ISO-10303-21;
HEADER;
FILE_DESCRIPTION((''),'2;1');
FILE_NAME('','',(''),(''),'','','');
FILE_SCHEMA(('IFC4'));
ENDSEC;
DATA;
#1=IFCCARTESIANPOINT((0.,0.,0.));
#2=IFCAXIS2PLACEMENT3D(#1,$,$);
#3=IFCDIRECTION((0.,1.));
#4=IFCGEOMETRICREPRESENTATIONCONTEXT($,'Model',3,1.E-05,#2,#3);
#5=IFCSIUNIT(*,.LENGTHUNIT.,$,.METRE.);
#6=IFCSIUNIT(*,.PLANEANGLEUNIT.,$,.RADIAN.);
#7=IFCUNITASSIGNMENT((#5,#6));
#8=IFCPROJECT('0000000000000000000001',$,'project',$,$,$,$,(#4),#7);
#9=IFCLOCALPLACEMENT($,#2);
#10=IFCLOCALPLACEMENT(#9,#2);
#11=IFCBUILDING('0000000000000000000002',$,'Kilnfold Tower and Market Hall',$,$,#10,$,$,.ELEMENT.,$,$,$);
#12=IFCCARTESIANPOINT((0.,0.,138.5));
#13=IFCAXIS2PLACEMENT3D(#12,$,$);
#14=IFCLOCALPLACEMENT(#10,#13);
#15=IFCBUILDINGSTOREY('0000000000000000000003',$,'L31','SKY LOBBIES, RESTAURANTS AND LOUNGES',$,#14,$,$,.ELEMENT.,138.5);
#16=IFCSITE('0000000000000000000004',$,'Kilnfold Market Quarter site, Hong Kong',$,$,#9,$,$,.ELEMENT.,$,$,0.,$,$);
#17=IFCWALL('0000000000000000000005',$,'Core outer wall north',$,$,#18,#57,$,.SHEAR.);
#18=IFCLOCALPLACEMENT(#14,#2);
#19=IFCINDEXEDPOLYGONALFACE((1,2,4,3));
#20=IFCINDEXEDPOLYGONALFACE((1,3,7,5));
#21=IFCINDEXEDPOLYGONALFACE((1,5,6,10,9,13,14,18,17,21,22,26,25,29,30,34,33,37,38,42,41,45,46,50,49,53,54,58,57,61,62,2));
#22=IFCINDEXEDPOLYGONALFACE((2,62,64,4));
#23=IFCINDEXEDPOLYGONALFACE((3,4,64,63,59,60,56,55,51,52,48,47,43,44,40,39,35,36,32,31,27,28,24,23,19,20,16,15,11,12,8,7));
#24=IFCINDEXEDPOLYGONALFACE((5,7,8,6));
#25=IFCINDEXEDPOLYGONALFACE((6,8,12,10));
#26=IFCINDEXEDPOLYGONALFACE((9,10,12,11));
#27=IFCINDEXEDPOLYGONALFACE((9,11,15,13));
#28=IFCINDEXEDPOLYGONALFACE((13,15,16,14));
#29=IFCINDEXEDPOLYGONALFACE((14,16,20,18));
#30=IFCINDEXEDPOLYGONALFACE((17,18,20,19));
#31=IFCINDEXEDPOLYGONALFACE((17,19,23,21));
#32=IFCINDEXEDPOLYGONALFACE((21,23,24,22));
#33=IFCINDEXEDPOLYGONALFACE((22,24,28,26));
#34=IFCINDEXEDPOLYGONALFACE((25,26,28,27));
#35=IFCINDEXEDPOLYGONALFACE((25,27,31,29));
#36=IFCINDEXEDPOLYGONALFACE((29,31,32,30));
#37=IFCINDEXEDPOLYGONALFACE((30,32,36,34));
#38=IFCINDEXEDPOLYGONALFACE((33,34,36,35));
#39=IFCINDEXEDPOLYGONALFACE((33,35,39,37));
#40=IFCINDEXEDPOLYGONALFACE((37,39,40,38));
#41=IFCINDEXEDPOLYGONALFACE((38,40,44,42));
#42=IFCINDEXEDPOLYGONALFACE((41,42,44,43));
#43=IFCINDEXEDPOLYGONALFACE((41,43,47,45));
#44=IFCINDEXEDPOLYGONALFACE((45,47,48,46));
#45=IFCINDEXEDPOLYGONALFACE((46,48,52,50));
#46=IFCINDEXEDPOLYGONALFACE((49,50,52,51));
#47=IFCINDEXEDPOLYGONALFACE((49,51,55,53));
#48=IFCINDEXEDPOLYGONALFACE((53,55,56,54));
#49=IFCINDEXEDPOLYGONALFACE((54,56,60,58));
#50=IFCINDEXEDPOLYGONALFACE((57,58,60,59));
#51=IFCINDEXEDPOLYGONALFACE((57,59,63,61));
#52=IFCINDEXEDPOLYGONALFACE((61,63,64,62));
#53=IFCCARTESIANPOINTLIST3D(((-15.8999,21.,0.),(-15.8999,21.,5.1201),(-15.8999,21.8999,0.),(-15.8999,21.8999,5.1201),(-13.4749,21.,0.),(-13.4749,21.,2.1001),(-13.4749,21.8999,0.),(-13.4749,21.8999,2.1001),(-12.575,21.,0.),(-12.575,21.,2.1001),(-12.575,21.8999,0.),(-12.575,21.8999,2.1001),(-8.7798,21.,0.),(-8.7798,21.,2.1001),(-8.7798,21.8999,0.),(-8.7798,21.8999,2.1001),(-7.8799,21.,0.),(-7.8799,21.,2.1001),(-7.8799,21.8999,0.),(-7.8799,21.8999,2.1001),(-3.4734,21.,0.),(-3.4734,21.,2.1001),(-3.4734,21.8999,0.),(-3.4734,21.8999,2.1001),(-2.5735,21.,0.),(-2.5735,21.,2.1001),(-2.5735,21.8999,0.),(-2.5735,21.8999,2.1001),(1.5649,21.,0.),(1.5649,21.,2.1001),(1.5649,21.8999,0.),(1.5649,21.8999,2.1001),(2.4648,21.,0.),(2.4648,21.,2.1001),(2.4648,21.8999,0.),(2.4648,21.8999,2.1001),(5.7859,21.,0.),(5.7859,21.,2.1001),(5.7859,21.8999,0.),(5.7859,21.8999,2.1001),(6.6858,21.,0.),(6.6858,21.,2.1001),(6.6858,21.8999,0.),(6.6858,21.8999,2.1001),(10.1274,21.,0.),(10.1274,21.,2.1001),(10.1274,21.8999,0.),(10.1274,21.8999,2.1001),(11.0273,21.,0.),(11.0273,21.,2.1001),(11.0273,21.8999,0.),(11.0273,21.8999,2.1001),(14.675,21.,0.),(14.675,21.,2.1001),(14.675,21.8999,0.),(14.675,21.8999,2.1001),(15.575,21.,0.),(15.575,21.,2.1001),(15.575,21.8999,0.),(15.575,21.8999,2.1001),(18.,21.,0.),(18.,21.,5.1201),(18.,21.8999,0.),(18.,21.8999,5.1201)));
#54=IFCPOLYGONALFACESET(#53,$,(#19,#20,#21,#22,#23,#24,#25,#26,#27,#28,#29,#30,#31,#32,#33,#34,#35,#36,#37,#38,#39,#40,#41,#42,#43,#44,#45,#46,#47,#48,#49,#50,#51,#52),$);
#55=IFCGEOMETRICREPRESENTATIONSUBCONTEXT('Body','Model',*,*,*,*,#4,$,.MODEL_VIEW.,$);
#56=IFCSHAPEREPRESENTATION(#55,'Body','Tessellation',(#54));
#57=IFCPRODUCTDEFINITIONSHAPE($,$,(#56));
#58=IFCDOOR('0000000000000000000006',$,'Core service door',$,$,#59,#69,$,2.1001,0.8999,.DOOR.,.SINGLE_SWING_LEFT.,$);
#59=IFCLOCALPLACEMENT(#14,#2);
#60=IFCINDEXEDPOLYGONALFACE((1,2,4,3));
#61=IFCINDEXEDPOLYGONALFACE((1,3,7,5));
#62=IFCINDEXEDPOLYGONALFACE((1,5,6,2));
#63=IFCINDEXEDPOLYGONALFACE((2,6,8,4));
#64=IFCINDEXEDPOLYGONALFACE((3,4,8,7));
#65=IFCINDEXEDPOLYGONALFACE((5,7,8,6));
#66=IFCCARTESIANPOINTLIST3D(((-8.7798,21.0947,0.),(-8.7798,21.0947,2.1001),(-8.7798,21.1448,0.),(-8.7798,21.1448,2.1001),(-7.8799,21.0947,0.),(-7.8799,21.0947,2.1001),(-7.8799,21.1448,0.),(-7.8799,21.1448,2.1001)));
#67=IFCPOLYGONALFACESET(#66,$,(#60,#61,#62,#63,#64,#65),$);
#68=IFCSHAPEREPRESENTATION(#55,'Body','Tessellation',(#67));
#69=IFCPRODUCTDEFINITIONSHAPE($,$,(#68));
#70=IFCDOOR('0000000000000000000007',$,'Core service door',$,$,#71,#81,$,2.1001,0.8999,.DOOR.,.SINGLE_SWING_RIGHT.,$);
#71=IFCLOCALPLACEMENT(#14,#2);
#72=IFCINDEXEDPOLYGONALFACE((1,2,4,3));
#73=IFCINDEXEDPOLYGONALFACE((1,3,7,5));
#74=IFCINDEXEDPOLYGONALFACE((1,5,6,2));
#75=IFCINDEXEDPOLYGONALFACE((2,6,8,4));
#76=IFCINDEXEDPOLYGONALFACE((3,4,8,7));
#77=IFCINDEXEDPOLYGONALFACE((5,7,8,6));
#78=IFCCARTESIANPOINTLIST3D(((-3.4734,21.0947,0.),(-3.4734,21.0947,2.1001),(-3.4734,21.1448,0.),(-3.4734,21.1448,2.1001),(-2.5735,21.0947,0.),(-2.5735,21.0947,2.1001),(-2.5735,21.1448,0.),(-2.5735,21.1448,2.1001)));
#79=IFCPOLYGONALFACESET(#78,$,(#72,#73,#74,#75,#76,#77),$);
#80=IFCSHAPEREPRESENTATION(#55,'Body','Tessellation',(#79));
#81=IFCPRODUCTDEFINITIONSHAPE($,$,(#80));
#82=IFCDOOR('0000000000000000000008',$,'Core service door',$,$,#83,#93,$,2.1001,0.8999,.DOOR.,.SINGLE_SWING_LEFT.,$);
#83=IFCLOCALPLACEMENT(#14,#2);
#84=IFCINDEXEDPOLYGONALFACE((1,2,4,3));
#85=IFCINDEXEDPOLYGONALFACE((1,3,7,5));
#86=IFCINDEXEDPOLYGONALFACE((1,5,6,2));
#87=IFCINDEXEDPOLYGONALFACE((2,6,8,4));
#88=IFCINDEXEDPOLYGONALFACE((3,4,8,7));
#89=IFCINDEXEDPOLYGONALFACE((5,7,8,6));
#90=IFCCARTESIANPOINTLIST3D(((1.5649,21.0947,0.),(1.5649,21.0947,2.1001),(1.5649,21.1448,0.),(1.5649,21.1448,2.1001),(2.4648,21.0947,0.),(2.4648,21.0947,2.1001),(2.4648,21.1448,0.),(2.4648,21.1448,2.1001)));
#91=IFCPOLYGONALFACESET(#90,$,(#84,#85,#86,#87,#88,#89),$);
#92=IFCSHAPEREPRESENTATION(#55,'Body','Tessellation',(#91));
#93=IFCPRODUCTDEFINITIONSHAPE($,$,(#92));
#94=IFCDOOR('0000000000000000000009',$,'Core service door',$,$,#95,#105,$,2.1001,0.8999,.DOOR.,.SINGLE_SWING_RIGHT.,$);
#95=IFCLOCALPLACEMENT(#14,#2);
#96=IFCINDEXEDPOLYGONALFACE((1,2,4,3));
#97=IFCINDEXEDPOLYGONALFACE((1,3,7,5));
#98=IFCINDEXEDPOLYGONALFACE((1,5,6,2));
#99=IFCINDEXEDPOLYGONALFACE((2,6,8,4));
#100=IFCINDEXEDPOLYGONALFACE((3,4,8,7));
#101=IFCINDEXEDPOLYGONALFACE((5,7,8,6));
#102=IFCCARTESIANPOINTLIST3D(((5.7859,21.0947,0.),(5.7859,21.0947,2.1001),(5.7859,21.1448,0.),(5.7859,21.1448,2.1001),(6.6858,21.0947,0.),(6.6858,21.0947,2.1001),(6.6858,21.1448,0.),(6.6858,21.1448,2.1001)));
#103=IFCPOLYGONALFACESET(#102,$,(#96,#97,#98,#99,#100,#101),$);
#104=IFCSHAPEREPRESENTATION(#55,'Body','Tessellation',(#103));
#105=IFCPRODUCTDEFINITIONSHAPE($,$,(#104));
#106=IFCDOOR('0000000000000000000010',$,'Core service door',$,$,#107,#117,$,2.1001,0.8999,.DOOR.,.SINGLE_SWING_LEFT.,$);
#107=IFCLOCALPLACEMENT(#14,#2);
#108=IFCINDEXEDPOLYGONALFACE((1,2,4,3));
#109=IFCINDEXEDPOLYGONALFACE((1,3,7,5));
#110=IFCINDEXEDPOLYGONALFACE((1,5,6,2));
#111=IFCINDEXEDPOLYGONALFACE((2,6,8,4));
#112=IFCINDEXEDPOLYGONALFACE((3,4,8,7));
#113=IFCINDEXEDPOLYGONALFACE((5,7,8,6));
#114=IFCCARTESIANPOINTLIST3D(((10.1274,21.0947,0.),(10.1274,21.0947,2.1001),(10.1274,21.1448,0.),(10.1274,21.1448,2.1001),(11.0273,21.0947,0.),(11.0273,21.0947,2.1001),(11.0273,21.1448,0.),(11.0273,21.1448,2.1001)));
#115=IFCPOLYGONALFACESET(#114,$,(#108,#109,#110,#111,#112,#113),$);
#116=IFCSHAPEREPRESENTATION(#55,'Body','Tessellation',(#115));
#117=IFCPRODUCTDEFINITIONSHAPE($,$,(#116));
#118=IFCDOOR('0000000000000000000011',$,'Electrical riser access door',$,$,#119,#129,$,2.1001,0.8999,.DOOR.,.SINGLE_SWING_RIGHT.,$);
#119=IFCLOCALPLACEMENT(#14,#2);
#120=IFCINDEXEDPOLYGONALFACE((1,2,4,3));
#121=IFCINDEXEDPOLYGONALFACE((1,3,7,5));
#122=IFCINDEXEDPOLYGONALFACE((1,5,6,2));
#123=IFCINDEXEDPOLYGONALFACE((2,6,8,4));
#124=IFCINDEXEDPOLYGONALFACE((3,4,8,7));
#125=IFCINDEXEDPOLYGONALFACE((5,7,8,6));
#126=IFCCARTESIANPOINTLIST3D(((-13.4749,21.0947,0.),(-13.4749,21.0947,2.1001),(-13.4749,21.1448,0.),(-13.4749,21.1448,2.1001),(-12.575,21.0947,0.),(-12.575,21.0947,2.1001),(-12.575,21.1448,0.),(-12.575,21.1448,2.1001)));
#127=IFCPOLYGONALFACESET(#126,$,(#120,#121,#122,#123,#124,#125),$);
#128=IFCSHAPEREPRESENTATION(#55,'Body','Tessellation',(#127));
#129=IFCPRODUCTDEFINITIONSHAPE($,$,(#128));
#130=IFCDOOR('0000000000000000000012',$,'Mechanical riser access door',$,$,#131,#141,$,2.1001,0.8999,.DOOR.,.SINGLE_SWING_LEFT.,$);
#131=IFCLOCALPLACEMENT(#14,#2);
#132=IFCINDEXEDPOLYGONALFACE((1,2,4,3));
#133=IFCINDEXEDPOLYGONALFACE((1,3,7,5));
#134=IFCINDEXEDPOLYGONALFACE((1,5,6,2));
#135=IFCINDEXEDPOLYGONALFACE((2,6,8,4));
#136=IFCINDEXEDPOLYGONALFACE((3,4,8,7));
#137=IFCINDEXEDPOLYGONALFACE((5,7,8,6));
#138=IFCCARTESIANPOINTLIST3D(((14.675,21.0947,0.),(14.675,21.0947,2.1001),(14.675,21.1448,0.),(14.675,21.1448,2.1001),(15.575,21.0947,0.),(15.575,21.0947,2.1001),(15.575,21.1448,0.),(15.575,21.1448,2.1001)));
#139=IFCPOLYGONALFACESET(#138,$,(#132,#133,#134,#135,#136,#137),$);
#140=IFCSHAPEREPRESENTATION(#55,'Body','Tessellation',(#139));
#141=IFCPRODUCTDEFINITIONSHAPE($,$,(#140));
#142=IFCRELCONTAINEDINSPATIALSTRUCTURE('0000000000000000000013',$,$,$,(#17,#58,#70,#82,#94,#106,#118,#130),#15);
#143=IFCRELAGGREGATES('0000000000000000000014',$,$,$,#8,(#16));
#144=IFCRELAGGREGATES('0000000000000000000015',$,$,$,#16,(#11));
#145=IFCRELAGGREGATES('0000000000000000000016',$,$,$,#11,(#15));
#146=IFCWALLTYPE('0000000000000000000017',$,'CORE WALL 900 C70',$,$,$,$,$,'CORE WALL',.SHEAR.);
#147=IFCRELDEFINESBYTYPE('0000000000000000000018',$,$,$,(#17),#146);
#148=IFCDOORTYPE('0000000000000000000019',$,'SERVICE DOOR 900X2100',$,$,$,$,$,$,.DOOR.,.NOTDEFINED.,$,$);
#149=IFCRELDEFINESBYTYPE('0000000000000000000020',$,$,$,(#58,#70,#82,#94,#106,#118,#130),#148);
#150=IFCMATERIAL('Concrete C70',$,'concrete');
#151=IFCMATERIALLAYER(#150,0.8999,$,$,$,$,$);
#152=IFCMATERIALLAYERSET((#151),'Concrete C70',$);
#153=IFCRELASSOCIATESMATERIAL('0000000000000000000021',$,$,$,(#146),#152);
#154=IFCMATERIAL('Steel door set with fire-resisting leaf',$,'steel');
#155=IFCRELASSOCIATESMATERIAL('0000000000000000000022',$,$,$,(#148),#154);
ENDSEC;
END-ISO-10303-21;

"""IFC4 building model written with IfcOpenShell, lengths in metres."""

from ifc_helpers import new_model, si_unit, direction, frame, frame_2d, origin, place, context, subcontext, project, spatial, rectangle, extrude, source, transform, mapped, material, layer, layer_set, type_object, element, fill, save


model = new_model("IFC4")

# Units and contexts
model_context = context("Model", 3, precision=1e-05, world=origin(), true_north=direction((0.0, 1.0)))
body_context = subcontext(model_context, "Body", "Model", "MODEL_VIEW")
ifc_project = project(units=[si_unit("LENGTHUNIT", "METRE"), si_unit("PLANEANGLEUNIT", "RADIAN")], contexts=[model_context])

# Site, building, storey
site_placement = place(None, origin())
site = spatial("IfcSite", under=ifc_project, at=site_placement, Name="Kilnfold Market Quarter site, Hong Kong", CompositionType="ELEMENT", RefElevation=0.0)
building_placement = place(site_placement, origin())
building = spatial("IfcBuilding", under=site, at=building_placement, Name="Kilnfold Tower and Market Hall", CompositionType="ELEMENT")
storey_placement = place(building_placement, frame((0.0, 0.0, 138.5)))
storey = spatial("IfcBuildingStorey", under=building, at=storey_placement, Name="L31", Description="SKY LOBBIES, RESTAURANTS AND LOUNGES", CompositionType="ELEMENT", Elevation=138.5)

# Wall, openings, doors
ifc_material_1 = material(Name="Concrete C70", Category="concrete")
ifc_layer_1 = layer(ifc_material_1, 0.8999)
ifc_layer_set_1 = layer_set([ifc_layer_1], Name="Concrete C70")
wall_type = type_object("IfcWallType", Name="CORE WALL 900 C70", ElementType="CORE WALL", PredefinedType="SHEAR", material=ifc_layer_set_1)
shared_shape_1 = source(origin(), body_context, "Body", "SweptSolid", [
    extrude(rectangle(XDim=33.8999, YDim=0.8999, at=frame_2d((16.95, 0.0))), origin(), (0.0, 0.0, 1.0), 5.1201),
])
wall_placement = place(storey_placement, frame((-15.8999, 21.45, 0.0), z_axis=(0.0, 0.0, 1.0), x_axis=(1.0, 0.0, 0.0)))
wall = element("IfcWall", 1, at=wall_placement, inside=storey, type_object=wall_type, Name="Core outer wall north", PredefinedType="SHEAR", context=body_context, shape_type="MappedRepresentation", body=[
    mapped(shared_shape_1, transform((0.0, 0.0, 0.0))),
])
opening_1_placement = place(wall_placement, frame((7.1201, 0.0, 0.0)))
opening_1 = element("IfcOpeningElement", 2, at=opening_1_placement, cuts=wall, PredefinedType="OPENING", context=body_context, shape_type="SweptSolid", body=[
    extrude(rectangle(XDim=0.8999, YDim=2.1001, at=frame_2d((0.45, 1.05))), frame((0.0, 0.46, 0.0), z_axis=(0.0, -1.0, 0.0), x_axis=(1.0, 0.0, 0.0)), (0.0, 0.0, 1.0), 0.9199),
])
opening_2_placement = place(wall_placement, frame((12.4265, 0.0, 0.0)))
opening_2 = element("IfcOpeningElement", 3, at=opening_2_placement, cuts=wall, PredefinedType="OPENING", context=body_context, shape_type="SweptSolid", body=[
    extrude(rectangle(XDim=0.8999, YDim=2.1001, at=frame_2d((0.45, 1.05))), frame((0.0, 0.46, 0.0), z_axis=(0.0, -1.0, 0.0), x_axis=(1.0, 0.0, 0.0)), (0.0, 0.0, 1.0), 0.9199),
])
opening_3_placement = place(wall_placement, frame((17.4648, 0.0, 0.0)))
opening_3 = element("IfcOpeningElement", 4, at=opening_3_placement, cuts=wall, PredefinedType="OPENING", context=body_context, shape_type="SweptSolid", body=[
    extrude(rectangle(XDim=0.8999, YDim=2.1001, at=frame_2d((0.45, 1.05))), frame((0.0, 0.46, 0.0), z_axis=(0.0, -1.0, 0.0), x_axis=(1.0, 0.0, 0.0)), (0.0, 0.0, 1.0), 0.9199),
])
opening_4_placement = place(wall_placement, frame((21.6858, 0.0, 0.0)))
opening_4 = element("IfcOpeningElement", 5, at=opening_4_placement, cuts=wall, PredefinedType="OPENING", context=body_context, shape_type="SweptSolid", body=[
    extrude(rectangle(XDim=0.8999, YDim=2.1001, at=frame_2d((0.45, 1.05))), frame((0.0, 0.46, 0.0), z_axis=(0.0, -1.0, 0.0), x_axis=(1.0, 0.0, 0.0)), (0.0, 0.0, 1.0), 0.9199),
])
opening_5_placement = place(wall_placement, frame((26.0273, 0.0, 0.0)))
opening_5 = element("IfcOpeningElement", 6, at=opening_5_placement, cuts=wall, PredefinedType="OPENING", context=body_context, shape_type="SweptSolid", body=[
    extrude(rectangle(XDim=0.8999, YDim=2.1001, at=frame_2d((0.45, 1.05))), frame((0.0, 0.46, 0.0), z_axis=(0.0, -1.0, 0.0), x_axis=(1.0, 0.0, 0.0)), (0.0, 0.0, 1.0), 0.9199),
])
opening_6_placement = place(wall_placement, frame((2.425, 0.0, 0.0)))
opening_6 = element("IfcOpeningElement", 7, at=opening_6_placement, cuts=wall, PredefinedType="OPENING", context=body_context, shape_type="SweptSolid", body=[
    extrude(rectangle(XDim=0.8999, YDim=2.1001, at=frame_2d((0.45, 1.05))), frame((0.0, 0.46, 0.0), z_axis=(0.0, -1.0, 0.0), x_axis=(1.0, 0.0, 0.0)), (0.0, 0.0, 1.0), 0.9199),
])
opening_7_placement = place(wall_placement, frame((30.575, 0.0, 0.0)))
opening_7 = element("IfcOpeningElement", 8, at=opening_7_placement, cuts=wall, PredefinedType="OPENING", context=body_context, shape_type="SweptSolid", body=[
    extrude(rectangle(XDim=0.8999, YDim=2.1001, at=frame_2d((0.45, 1.05))), frame((0.0, 0.46, 0.0), z_axis=(0.0, -1.0, 0.0), x_axis=(1.0, 0.0, 0.0)), (0.0, 0.0, 1.0), 0.9199),
])
ifc_material_2 = material(Name="Steel door set with fire-resisting leaf", Category="steel")
door_type = type_object("IfcDoorType", Name="SERVICE DOOR 900X2100", OperationType="NOTDEFINED", PredefinedType="DOOR", material=ifc_material_2)
door_1_placement = place(opening_1_placement, origin())
door_1 = element("IfcDoor", 9, at=door_1_placement, inside=storey, type_object=door_type, Name="Core service door", OperationType="SINGLE_SWING_LEFT", OverallHeight=2.1001, OverallWidth=0.8999, PredefinedType="DOOR", context=body_context, shape_type="SweptSolid", body=[
    extrude(rectangle(XDim=0.8999, YDim=2.1001, at=frame_2d((0.45, 1.05))), frame((0.0, -0.3052, 0.0), z_axis=(0.0, -1.0, 0.0), x_axis=(1.0, 0.0, 0.0)), (0.0, 0.0, 1.0), 0.05),
])
fill(opening_1, door_1)
door_2_placement = place(opening_2_placement, origin())
door_2 = element("IfcDoor", 10, at=door_2_placement, inside=storey, type_object=door_type, Name="Core service door", OperationType="SINGLE_SWING_RIGHT", OverallHeight=2.1001, OverallWidth=0.8999, PredefinedType="DOOR", context=body_context, shape_type="SweptSolid", body=[
    extrude(rectangle(XDim=0.8999, YDim=2.1001, at=frame_2d((0.45, 1.05))), frame((0.0, -0.3052, 0.0), z_axis=(0.0, -1.0, 0.0), x_axis=(1.0, 0.0, 0.0)), (0.0, 0.0, 1.0), 0.05),
])
fill(opening_2, door_2)
door_3_placement = place(opening_3_placement, origin())
door_3 = element("IfcDoor", 11, at=door_3_placement, inside=storey, type_object=door_type, Name="Core service door", OperationType="SINGLE_SWING_LEFT", OverallHeight=2.1001, OverallWidth=0.8999, PredefinedType="DOOR", context=body_context, shape_type="SweptSolid", body=[
    extrude(rectangle(XDim=0.8999, YDim=2.1001, at=frame_2d((0.45, 1.05))), frame((0.0, -0.3052, 0.0), z_axis=(0.0, -1.0, 0.0), x_axis=(1.0, 0.0, 0.0)), (0.0, 0.0, 1.0), 0.05),
])
fill(opening_3, door_3)
door_4_placement = place(opening_4_placement, origin())
door_4 = element("IfcDoor", 12, at=door_4_placement, inside=storey, type_object=door_type, Name="Core service door", OperationType="SINGLE_SWING_RIGHT", OverallHeight=2.1001, OverallWidth=0.8999, PredefinedType="DOOR", context=body_context, shape_type="SweptSolid", body=[
    extrude(rectangle(XDim=0.8999, YDim=2.1001, at=frame_2d((0.45, 1.05))), frame((0.0, -0.3052, 0.0), z_axis=(0.0, -1.0, 0.0), x_axis=(1.0, 0.0, 0.0)), (0.0, 0.0, 1.0), 0.05),
])
fill(opening_4, door_4)
door_5_placement = place(opening_5_placement, origin())
door_5 = element("IfcDoor", 13, at=door_5_placement, inside=storey, type_object=door_type, Name="Core service door", OperationType="SINGLE_SWING_LEFT", OverallHeight=2.1001, OverallWidth=0.8999, PredefinedType="DOOR", context=body_context, shape_type="SweptSolid", body=[
    extrude(rectangle(XDim=0.8999, YDim=2.1001, at=frame_2d((0.45, 1.05))), frame((0.0, -0.3052, 0.0), z_axis=(0.0, -1.0, 0.0), x_axis=(1.0, 0.0, 0.0)), (0.0, 0.0, 1.0), 0.05),
])
fill(opening_5, door_5)
door_6_placement = place(opening_6_placement, origin())
door_6 = element("IfcDoor", 14, at=door_6_placement, inside=storey, type_object=door_type, Name="Electrical riser access door", OperationType="SINGLE_SWING_RIGHT", OverallHeight=2.1001, OverallWidth=0.8999, PredefinedType="DOOR", context=body_context, shape_type="SweptSolid", body=[
    extrude(rectangle(XDim=0.8999, YDim=2.1001, at=frame_2d((0.45, 1.05))), frame((0.0, -0.3052, 0.0), z_axis=(0.0, -1.0, 0.0), x_axis=(1.0, 0.0, 0.0)), (0.0, 0.0, 1.0), 0.05),
])
fill(opening_6, door_6)
door_7_placement = place(opening_7_placement, origin())
door_7 = element("IfcDoor", 15, at=door_7_placement, inside=storey, type_object=door_type, Name="Mechanical riser access door", OperationType="SINGLE_SWING_LEFT", OverallHeight=2.1001, OverallWidth=0.8999, PredefinedType="DOOR", context=body_context, shape_type="SweptSolid", body=[
    extrude(rectangle(XDim=0.8999, YDim=2.1001, at=frame_2d((0.45, 1.05))), frame((0.0, -0.3052, 0.0), z_axis=(0.0, -1.0, 0.0), x_axis=(1.0, 0.0, 0.0)), (0.0, 0.0, 1.0), 0.05),
])
fill(opening_7, door_7)

save(model, "model.ifc")
